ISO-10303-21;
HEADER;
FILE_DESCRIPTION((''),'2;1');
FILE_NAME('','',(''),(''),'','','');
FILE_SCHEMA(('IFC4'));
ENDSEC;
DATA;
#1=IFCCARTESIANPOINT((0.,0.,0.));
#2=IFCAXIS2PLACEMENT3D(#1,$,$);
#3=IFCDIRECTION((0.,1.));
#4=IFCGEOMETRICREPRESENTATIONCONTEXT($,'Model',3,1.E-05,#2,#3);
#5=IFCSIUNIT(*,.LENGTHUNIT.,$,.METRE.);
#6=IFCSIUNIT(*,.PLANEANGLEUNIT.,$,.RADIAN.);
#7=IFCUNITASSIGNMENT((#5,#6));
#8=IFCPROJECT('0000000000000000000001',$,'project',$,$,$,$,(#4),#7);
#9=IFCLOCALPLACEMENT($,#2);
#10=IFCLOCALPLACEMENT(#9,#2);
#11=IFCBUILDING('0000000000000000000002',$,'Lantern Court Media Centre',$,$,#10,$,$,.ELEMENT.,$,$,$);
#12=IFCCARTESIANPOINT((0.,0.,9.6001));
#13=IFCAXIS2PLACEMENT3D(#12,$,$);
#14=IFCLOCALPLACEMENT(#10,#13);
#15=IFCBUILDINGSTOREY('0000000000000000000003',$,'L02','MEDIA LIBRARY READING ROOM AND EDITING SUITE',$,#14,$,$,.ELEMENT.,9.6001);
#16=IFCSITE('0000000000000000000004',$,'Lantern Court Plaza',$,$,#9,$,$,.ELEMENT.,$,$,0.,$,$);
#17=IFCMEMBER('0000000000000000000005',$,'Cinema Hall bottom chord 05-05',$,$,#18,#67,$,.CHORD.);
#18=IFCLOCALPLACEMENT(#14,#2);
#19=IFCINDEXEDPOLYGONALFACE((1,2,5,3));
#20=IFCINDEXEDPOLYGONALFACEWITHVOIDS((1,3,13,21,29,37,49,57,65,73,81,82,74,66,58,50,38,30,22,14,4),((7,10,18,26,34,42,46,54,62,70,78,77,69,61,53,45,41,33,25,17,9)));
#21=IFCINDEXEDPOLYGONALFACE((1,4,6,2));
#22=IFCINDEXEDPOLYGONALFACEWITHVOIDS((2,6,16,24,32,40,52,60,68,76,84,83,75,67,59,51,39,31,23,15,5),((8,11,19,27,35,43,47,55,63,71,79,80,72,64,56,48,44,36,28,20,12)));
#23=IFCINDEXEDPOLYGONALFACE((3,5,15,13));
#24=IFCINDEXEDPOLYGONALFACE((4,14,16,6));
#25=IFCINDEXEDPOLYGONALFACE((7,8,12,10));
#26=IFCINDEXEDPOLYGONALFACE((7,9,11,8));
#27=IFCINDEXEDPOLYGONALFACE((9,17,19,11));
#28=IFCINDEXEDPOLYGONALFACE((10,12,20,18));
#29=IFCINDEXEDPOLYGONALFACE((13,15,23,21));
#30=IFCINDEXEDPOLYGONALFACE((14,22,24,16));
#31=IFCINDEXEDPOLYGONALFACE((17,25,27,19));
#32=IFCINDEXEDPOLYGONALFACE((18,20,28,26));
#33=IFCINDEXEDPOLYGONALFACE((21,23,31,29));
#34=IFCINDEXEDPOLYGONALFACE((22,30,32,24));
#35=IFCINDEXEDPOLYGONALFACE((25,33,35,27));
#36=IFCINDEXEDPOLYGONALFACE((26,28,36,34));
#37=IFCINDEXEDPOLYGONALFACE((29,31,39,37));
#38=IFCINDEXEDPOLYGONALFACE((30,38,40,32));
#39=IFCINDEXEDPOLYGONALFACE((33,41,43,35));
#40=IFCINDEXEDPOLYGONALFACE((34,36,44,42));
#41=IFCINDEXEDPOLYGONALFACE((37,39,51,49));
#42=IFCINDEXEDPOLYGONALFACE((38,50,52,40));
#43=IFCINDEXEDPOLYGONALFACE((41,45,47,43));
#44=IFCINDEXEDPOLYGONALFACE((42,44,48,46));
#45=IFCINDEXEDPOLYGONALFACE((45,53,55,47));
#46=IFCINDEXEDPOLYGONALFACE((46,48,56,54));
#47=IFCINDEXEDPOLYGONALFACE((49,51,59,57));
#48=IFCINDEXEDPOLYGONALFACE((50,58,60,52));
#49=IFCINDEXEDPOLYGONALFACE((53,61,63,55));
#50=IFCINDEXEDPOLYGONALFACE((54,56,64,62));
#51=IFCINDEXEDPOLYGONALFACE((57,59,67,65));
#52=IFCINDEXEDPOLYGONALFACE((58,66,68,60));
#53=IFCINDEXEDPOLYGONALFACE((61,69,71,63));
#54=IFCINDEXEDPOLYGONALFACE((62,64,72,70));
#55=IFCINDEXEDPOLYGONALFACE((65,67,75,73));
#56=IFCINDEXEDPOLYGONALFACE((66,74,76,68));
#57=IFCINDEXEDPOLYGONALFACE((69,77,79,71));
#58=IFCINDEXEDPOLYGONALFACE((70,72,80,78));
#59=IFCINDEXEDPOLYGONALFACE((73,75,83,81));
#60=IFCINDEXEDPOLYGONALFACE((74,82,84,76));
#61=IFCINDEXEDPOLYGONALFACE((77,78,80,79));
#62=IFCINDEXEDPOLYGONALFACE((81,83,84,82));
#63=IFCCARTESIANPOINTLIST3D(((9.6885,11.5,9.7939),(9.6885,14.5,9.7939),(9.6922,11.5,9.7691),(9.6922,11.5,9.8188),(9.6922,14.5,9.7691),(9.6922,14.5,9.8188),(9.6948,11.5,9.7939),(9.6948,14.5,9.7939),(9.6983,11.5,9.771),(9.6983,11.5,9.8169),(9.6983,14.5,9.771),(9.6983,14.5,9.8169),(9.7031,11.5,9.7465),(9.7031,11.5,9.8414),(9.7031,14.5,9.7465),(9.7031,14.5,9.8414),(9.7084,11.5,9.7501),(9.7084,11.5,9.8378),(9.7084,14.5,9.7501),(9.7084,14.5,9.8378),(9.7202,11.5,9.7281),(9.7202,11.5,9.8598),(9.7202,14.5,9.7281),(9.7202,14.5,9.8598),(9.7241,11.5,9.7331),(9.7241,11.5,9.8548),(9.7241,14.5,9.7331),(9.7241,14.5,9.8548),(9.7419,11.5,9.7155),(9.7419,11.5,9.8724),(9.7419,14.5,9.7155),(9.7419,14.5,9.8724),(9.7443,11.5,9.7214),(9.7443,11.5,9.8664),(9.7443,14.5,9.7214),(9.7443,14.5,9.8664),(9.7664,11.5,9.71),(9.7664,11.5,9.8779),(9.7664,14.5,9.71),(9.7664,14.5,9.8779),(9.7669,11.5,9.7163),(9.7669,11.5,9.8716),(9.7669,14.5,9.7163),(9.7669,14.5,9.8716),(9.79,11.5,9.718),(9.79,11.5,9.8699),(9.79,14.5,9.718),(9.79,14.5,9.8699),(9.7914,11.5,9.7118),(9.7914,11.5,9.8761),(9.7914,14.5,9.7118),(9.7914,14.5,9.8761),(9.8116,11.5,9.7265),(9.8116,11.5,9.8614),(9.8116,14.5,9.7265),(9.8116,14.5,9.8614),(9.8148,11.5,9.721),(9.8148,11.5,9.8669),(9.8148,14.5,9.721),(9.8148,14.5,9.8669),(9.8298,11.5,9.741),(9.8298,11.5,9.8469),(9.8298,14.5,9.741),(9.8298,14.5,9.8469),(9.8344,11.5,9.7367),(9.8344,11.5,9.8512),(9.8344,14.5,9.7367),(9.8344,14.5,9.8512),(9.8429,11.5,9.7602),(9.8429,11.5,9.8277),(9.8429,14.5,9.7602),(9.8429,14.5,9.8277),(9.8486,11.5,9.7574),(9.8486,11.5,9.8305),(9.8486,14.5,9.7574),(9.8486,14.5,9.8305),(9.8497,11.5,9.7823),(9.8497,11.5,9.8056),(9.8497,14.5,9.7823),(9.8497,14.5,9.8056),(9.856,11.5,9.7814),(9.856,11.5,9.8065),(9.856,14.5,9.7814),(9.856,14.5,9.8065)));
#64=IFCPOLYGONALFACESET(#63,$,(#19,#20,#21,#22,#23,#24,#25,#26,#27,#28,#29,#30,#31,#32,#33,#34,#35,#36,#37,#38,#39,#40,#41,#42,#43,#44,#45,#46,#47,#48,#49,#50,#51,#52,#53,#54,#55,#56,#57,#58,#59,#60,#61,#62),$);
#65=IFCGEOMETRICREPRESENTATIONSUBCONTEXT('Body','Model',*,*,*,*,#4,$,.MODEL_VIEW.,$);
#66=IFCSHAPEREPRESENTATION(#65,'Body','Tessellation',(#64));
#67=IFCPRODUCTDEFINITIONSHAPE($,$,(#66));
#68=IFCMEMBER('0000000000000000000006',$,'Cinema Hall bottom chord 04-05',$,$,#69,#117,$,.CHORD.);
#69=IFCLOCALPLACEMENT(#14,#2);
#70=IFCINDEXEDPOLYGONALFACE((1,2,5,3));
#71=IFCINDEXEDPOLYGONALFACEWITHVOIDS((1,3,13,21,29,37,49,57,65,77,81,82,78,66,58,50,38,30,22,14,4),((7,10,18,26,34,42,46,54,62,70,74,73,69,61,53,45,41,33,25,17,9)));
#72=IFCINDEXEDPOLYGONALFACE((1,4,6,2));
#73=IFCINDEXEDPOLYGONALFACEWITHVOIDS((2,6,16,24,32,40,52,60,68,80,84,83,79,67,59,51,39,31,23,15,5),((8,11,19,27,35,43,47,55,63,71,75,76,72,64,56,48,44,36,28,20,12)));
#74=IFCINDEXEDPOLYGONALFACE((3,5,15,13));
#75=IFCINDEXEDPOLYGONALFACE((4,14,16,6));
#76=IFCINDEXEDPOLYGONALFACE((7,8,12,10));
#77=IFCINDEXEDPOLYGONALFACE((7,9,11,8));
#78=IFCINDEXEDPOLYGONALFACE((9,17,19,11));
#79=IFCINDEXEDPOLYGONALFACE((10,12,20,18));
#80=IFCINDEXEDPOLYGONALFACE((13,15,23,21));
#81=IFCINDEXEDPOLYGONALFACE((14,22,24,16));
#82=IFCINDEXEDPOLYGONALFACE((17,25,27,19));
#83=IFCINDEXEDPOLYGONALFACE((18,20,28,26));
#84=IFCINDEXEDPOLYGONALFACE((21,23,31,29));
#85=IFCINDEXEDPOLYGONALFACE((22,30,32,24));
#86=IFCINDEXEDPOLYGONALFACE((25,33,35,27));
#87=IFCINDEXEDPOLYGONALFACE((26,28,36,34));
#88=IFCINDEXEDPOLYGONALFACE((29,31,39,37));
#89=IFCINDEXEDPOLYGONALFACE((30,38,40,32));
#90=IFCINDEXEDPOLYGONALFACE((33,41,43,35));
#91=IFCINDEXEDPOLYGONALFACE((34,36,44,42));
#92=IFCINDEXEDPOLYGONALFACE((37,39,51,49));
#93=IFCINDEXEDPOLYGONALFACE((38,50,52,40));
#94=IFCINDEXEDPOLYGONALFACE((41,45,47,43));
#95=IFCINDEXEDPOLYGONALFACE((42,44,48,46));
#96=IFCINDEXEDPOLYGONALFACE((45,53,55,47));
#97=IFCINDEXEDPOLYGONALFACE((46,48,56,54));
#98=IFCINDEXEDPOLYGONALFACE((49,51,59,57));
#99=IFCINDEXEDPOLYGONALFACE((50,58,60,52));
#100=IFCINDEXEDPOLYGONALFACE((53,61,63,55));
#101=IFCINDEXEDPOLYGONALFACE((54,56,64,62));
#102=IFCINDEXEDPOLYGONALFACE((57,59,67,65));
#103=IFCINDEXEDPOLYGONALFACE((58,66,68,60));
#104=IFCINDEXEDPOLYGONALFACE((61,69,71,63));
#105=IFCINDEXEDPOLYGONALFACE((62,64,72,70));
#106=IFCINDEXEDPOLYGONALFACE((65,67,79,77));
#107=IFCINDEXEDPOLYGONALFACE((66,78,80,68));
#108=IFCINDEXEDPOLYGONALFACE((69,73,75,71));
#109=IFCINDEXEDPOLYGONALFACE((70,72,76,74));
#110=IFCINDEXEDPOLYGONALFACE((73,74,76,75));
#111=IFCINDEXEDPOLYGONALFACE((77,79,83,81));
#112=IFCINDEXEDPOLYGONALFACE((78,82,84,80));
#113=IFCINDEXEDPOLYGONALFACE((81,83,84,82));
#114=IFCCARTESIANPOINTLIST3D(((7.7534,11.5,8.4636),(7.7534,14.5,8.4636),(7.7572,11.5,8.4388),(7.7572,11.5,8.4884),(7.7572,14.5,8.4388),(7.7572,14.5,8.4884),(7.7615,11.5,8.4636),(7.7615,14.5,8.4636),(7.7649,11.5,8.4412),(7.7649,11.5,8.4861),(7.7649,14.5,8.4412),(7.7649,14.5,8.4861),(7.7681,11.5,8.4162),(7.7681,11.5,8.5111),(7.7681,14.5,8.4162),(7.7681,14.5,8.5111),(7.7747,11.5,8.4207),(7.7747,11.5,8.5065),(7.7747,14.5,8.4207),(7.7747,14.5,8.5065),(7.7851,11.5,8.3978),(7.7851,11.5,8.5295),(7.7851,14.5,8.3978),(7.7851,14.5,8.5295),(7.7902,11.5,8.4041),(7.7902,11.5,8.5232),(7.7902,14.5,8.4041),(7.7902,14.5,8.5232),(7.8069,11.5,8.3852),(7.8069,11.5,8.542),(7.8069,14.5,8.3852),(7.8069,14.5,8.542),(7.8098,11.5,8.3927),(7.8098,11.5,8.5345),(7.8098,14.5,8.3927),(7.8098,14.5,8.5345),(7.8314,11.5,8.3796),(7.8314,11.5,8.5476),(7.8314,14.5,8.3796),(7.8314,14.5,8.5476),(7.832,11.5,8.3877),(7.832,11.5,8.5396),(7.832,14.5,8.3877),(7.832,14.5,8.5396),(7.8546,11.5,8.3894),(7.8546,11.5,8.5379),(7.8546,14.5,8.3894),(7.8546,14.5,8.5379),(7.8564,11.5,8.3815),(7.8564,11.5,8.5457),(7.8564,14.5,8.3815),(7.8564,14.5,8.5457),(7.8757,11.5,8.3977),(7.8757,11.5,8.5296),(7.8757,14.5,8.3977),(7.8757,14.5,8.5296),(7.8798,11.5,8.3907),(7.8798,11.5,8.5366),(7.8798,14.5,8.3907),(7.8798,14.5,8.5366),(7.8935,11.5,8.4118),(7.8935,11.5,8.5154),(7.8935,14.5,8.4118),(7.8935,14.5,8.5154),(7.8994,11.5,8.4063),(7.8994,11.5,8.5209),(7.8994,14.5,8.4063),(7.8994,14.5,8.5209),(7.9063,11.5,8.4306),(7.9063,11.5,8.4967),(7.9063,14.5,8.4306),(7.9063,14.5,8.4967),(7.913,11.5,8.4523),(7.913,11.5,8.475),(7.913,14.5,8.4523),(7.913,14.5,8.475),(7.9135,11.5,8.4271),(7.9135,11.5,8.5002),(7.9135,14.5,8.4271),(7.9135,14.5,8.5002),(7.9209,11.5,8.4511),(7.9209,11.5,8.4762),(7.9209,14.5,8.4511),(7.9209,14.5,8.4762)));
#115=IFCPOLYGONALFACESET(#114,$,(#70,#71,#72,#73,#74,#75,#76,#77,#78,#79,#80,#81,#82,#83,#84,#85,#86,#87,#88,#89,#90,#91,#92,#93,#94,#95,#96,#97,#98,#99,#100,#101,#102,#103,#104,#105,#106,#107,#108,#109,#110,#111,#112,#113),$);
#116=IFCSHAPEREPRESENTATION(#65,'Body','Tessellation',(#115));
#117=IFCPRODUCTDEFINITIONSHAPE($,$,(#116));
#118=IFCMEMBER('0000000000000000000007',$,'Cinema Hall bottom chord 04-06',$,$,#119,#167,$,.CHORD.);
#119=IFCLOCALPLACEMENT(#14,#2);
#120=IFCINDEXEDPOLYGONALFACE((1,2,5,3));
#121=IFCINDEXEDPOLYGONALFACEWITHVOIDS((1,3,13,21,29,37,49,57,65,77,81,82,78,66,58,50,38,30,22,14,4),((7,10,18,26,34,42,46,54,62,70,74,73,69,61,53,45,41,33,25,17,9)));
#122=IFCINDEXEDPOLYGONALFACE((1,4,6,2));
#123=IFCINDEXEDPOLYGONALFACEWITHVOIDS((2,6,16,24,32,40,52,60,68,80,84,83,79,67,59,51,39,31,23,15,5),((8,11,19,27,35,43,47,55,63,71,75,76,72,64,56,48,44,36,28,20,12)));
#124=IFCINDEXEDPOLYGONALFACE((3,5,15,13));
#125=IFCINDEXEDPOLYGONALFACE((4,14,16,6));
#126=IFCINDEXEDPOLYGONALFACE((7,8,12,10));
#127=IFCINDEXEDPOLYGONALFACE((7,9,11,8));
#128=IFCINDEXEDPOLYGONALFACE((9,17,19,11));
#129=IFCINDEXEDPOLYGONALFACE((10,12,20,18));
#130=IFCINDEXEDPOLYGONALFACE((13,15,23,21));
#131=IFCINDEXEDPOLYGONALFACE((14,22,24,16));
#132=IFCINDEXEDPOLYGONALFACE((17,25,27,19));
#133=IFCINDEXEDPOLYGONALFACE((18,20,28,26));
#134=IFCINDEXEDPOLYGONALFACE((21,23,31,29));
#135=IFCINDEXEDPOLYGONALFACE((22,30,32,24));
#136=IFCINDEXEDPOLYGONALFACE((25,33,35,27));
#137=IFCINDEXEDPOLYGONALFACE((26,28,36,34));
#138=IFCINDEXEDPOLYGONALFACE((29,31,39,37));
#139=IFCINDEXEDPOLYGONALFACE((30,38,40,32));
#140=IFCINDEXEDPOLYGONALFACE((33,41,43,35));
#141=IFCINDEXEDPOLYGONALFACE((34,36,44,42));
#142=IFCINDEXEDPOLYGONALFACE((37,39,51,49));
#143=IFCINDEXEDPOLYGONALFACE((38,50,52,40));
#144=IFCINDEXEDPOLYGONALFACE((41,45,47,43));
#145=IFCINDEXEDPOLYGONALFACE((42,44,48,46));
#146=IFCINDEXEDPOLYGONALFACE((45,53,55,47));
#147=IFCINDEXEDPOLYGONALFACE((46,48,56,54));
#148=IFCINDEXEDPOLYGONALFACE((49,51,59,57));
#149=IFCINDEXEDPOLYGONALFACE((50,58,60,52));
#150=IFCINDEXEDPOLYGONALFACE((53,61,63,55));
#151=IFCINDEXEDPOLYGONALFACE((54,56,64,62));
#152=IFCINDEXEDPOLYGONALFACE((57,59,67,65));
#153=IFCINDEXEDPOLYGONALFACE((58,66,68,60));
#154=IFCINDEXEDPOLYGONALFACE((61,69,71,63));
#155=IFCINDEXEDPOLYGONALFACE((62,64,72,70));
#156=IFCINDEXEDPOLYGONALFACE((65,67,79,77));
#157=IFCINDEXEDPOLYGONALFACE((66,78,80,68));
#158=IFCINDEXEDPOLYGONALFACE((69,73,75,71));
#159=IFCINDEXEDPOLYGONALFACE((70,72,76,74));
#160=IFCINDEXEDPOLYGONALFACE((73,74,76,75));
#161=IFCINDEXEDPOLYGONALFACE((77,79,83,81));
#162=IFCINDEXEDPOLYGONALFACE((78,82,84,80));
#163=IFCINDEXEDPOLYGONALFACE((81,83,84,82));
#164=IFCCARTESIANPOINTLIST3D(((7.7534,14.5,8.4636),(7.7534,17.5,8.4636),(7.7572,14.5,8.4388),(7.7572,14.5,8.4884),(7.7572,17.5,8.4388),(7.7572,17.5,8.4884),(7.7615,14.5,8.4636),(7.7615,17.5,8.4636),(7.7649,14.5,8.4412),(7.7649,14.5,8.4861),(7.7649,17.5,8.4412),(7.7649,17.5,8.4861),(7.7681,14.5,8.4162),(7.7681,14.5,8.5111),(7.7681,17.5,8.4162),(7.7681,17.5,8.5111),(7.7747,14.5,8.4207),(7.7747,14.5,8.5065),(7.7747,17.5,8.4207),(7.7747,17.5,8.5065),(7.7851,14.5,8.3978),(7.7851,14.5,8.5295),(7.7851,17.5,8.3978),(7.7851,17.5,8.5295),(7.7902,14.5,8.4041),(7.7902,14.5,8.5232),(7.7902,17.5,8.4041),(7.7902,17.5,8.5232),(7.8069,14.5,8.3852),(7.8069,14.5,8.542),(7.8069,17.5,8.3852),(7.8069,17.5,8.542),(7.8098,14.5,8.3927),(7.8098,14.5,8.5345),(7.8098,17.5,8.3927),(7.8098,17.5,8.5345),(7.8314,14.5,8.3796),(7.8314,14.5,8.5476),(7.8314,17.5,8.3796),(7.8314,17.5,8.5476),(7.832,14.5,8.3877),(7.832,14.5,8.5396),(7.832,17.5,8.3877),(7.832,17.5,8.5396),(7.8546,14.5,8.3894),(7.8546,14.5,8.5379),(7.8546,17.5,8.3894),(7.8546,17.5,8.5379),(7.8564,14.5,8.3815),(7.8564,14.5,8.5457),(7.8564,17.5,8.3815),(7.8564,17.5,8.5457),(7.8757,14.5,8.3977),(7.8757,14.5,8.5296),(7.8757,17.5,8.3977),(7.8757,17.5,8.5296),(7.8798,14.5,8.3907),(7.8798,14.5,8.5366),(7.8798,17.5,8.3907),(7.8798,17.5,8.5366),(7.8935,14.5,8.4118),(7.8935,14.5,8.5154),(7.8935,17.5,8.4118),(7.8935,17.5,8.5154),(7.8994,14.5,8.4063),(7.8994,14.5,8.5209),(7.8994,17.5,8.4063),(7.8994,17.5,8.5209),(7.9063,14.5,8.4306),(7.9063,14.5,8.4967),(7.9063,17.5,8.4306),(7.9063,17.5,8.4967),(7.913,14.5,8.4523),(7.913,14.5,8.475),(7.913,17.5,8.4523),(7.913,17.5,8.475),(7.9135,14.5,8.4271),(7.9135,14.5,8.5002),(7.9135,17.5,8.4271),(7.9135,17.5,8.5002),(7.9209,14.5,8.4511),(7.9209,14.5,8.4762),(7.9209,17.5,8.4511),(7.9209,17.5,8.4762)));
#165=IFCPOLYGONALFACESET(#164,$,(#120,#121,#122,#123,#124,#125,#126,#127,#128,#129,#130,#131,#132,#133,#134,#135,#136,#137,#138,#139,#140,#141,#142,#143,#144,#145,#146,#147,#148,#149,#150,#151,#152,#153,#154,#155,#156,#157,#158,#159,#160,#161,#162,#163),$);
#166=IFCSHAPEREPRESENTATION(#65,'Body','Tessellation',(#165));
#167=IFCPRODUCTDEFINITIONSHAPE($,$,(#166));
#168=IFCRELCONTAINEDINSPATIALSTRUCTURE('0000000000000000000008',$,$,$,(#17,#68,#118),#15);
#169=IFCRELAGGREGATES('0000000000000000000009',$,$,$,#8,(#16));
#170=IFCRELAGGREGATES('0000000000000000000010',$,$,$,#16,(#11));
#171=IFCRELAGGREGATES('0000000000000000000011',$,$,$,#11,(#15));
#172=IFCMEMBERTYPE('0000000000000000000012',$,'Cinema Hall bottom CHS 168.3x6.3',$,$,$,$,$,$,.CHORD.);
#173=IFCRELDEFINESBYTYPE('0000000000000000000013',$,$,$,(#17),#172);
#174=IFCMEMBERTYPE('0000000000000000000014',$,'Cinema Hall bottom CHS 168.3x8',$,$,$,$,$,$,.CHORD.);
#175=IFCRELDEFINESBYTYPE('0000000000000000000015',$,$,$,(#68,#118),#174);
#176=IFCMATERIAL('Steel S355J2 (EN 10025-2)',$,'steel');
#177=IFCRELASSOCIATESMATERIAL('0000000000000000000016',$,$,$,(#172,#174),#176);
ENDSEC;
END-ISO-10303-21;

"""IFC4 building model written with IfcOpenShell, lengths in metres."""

from ifc_helpers import new_model, si_unit, direction, frame, origin, origin_2d, place, context, subcontext, project, spatial, hollow_circle, extrude, material, material_profile, profile_set, type_object, element, save


model = new_model("IFC4")

# Units and contexts
model_context = context("Model", 3, precision=1e-05, world=origin(), true_north=direction((0.0, 1.0)))
body_context = subcontext(model_context, "Body", "Model", "MODEL_VIEW")
ifc_project = project(units=[si_unit("LENGTHUNIT", "METRE"), si_unit("PLANEANGLEUNIT", "RADIAN")], contexts=[model_context])

# Site, building, storey
site_placement = place(None, origin())
site = spatial("IfcSite", under=ifc_project, at=site_placement, Name="Lantern Court Plaza", CompositionType="ELEMENT", RefElevation=0.0)
building_placement = place(site_placement, origin())
building = spatial("IfcBuilding", under=site, at=building_placement, Name="Lantern Court Media Centre", CompositionType="ELEMENT")
storey_placement = place(building_placement, frame((0.0, 0.0, 9.6001)))
storey = spatial("IfcBuildingStorey", under=building, at=storey_placement, Name="L02", Description="MEDIA LIBRARY READING ROOM AND EDITING SUITE", CompositionType="ELEMENT", Elevation=9.6001)

# Members
ifc_material_1 = material(Name="Steel S355J2 (EN 10025-2)", Category="steel")
ifc_material_profile_1 = material_profile(ifc_material_1, hollow_circle(Radius=0.0842, WallThickness=0.0063, at=origin_2d()), Name="Cinema Hall bottom CHS 168.3x6.3")
ifc_profile_set_1 = profile_set([ifc_material_profile_1], Name="Steel S355J2 (EN 10025-2)")
member_type_1 = type_object("IfcMemberType", Name="Cinema Hall bottom CHS 168.3x6.3", PredefinedType="CHORD", material=ifc_profile_set_1)
member_1_placement = place(storey_placement, frame((9.7727, 11.5, 9.7939), z_axis=(0.0, 1.0, 0.0), x_axis=(-1.0, 0.0, 0.0)))
element("IfcMember", 1, at=member_1_placement, inside=storey, type_object=member_type_1, Name="Cinema Hall bottom chord 05-05", PredefinedType="CHORD", context=body_context, shape_type="SweptSolid", body=[
    extrude(hollow_circle(Radius=0.0842, WallThickness=0.0063, at=origin_2d()), origin(), (0.0, 0.0, 1.0), 3.0),
])
ifc_material_profile_2 = material_profile(ifc_material_1, hollow_circle(Radius=0.0842, WallThickness=0.0081, at=origin_2d()), Name="Cinema Hall bottom CHS 168.3x8")
ifc_profile_set_2 = profile_set([ifc_material_profile_2], Name="Steel S355J2 (EN 10025-2)")
member_type_2 = type_object("IfcMemberType", Name="Cinema Hall bottom CHS 168.3x8", PredefinedType="CHORD", material=ifc_profile_set_2)
for number, where, z_axis, x_axis, name in (
    (2, (7.8376, 11.5, 8.4636), (0.0, 1.0, 0.0), (-1.0, 0.0, 0.0), "Cinema Hall bottom chord 04-05"),
    (3, (7.8376, 14.5, 8.4636), (0.0, 1.0, 0.0), (-1.0, 0.0, 0.0), "Cinema Hall bottom chord 04-06"),
):
    element("IfcMember", number, at=place(storey_placement, frame(where, z_axis=z_axis, x_axis=x_axis)), inside=storey, type_object=member_type_2, Name=name, PredefinedType="CHORD", context=body_context, shape_type="SweptSolid", body=[
        extrude(hollow_circle(Radius=0.0842, WallThickness=0.0081, at=origin_2d()), origin(), (0.0, 0.0, 1.0), 3.0),
    ])

save(model, "model.ifc")
